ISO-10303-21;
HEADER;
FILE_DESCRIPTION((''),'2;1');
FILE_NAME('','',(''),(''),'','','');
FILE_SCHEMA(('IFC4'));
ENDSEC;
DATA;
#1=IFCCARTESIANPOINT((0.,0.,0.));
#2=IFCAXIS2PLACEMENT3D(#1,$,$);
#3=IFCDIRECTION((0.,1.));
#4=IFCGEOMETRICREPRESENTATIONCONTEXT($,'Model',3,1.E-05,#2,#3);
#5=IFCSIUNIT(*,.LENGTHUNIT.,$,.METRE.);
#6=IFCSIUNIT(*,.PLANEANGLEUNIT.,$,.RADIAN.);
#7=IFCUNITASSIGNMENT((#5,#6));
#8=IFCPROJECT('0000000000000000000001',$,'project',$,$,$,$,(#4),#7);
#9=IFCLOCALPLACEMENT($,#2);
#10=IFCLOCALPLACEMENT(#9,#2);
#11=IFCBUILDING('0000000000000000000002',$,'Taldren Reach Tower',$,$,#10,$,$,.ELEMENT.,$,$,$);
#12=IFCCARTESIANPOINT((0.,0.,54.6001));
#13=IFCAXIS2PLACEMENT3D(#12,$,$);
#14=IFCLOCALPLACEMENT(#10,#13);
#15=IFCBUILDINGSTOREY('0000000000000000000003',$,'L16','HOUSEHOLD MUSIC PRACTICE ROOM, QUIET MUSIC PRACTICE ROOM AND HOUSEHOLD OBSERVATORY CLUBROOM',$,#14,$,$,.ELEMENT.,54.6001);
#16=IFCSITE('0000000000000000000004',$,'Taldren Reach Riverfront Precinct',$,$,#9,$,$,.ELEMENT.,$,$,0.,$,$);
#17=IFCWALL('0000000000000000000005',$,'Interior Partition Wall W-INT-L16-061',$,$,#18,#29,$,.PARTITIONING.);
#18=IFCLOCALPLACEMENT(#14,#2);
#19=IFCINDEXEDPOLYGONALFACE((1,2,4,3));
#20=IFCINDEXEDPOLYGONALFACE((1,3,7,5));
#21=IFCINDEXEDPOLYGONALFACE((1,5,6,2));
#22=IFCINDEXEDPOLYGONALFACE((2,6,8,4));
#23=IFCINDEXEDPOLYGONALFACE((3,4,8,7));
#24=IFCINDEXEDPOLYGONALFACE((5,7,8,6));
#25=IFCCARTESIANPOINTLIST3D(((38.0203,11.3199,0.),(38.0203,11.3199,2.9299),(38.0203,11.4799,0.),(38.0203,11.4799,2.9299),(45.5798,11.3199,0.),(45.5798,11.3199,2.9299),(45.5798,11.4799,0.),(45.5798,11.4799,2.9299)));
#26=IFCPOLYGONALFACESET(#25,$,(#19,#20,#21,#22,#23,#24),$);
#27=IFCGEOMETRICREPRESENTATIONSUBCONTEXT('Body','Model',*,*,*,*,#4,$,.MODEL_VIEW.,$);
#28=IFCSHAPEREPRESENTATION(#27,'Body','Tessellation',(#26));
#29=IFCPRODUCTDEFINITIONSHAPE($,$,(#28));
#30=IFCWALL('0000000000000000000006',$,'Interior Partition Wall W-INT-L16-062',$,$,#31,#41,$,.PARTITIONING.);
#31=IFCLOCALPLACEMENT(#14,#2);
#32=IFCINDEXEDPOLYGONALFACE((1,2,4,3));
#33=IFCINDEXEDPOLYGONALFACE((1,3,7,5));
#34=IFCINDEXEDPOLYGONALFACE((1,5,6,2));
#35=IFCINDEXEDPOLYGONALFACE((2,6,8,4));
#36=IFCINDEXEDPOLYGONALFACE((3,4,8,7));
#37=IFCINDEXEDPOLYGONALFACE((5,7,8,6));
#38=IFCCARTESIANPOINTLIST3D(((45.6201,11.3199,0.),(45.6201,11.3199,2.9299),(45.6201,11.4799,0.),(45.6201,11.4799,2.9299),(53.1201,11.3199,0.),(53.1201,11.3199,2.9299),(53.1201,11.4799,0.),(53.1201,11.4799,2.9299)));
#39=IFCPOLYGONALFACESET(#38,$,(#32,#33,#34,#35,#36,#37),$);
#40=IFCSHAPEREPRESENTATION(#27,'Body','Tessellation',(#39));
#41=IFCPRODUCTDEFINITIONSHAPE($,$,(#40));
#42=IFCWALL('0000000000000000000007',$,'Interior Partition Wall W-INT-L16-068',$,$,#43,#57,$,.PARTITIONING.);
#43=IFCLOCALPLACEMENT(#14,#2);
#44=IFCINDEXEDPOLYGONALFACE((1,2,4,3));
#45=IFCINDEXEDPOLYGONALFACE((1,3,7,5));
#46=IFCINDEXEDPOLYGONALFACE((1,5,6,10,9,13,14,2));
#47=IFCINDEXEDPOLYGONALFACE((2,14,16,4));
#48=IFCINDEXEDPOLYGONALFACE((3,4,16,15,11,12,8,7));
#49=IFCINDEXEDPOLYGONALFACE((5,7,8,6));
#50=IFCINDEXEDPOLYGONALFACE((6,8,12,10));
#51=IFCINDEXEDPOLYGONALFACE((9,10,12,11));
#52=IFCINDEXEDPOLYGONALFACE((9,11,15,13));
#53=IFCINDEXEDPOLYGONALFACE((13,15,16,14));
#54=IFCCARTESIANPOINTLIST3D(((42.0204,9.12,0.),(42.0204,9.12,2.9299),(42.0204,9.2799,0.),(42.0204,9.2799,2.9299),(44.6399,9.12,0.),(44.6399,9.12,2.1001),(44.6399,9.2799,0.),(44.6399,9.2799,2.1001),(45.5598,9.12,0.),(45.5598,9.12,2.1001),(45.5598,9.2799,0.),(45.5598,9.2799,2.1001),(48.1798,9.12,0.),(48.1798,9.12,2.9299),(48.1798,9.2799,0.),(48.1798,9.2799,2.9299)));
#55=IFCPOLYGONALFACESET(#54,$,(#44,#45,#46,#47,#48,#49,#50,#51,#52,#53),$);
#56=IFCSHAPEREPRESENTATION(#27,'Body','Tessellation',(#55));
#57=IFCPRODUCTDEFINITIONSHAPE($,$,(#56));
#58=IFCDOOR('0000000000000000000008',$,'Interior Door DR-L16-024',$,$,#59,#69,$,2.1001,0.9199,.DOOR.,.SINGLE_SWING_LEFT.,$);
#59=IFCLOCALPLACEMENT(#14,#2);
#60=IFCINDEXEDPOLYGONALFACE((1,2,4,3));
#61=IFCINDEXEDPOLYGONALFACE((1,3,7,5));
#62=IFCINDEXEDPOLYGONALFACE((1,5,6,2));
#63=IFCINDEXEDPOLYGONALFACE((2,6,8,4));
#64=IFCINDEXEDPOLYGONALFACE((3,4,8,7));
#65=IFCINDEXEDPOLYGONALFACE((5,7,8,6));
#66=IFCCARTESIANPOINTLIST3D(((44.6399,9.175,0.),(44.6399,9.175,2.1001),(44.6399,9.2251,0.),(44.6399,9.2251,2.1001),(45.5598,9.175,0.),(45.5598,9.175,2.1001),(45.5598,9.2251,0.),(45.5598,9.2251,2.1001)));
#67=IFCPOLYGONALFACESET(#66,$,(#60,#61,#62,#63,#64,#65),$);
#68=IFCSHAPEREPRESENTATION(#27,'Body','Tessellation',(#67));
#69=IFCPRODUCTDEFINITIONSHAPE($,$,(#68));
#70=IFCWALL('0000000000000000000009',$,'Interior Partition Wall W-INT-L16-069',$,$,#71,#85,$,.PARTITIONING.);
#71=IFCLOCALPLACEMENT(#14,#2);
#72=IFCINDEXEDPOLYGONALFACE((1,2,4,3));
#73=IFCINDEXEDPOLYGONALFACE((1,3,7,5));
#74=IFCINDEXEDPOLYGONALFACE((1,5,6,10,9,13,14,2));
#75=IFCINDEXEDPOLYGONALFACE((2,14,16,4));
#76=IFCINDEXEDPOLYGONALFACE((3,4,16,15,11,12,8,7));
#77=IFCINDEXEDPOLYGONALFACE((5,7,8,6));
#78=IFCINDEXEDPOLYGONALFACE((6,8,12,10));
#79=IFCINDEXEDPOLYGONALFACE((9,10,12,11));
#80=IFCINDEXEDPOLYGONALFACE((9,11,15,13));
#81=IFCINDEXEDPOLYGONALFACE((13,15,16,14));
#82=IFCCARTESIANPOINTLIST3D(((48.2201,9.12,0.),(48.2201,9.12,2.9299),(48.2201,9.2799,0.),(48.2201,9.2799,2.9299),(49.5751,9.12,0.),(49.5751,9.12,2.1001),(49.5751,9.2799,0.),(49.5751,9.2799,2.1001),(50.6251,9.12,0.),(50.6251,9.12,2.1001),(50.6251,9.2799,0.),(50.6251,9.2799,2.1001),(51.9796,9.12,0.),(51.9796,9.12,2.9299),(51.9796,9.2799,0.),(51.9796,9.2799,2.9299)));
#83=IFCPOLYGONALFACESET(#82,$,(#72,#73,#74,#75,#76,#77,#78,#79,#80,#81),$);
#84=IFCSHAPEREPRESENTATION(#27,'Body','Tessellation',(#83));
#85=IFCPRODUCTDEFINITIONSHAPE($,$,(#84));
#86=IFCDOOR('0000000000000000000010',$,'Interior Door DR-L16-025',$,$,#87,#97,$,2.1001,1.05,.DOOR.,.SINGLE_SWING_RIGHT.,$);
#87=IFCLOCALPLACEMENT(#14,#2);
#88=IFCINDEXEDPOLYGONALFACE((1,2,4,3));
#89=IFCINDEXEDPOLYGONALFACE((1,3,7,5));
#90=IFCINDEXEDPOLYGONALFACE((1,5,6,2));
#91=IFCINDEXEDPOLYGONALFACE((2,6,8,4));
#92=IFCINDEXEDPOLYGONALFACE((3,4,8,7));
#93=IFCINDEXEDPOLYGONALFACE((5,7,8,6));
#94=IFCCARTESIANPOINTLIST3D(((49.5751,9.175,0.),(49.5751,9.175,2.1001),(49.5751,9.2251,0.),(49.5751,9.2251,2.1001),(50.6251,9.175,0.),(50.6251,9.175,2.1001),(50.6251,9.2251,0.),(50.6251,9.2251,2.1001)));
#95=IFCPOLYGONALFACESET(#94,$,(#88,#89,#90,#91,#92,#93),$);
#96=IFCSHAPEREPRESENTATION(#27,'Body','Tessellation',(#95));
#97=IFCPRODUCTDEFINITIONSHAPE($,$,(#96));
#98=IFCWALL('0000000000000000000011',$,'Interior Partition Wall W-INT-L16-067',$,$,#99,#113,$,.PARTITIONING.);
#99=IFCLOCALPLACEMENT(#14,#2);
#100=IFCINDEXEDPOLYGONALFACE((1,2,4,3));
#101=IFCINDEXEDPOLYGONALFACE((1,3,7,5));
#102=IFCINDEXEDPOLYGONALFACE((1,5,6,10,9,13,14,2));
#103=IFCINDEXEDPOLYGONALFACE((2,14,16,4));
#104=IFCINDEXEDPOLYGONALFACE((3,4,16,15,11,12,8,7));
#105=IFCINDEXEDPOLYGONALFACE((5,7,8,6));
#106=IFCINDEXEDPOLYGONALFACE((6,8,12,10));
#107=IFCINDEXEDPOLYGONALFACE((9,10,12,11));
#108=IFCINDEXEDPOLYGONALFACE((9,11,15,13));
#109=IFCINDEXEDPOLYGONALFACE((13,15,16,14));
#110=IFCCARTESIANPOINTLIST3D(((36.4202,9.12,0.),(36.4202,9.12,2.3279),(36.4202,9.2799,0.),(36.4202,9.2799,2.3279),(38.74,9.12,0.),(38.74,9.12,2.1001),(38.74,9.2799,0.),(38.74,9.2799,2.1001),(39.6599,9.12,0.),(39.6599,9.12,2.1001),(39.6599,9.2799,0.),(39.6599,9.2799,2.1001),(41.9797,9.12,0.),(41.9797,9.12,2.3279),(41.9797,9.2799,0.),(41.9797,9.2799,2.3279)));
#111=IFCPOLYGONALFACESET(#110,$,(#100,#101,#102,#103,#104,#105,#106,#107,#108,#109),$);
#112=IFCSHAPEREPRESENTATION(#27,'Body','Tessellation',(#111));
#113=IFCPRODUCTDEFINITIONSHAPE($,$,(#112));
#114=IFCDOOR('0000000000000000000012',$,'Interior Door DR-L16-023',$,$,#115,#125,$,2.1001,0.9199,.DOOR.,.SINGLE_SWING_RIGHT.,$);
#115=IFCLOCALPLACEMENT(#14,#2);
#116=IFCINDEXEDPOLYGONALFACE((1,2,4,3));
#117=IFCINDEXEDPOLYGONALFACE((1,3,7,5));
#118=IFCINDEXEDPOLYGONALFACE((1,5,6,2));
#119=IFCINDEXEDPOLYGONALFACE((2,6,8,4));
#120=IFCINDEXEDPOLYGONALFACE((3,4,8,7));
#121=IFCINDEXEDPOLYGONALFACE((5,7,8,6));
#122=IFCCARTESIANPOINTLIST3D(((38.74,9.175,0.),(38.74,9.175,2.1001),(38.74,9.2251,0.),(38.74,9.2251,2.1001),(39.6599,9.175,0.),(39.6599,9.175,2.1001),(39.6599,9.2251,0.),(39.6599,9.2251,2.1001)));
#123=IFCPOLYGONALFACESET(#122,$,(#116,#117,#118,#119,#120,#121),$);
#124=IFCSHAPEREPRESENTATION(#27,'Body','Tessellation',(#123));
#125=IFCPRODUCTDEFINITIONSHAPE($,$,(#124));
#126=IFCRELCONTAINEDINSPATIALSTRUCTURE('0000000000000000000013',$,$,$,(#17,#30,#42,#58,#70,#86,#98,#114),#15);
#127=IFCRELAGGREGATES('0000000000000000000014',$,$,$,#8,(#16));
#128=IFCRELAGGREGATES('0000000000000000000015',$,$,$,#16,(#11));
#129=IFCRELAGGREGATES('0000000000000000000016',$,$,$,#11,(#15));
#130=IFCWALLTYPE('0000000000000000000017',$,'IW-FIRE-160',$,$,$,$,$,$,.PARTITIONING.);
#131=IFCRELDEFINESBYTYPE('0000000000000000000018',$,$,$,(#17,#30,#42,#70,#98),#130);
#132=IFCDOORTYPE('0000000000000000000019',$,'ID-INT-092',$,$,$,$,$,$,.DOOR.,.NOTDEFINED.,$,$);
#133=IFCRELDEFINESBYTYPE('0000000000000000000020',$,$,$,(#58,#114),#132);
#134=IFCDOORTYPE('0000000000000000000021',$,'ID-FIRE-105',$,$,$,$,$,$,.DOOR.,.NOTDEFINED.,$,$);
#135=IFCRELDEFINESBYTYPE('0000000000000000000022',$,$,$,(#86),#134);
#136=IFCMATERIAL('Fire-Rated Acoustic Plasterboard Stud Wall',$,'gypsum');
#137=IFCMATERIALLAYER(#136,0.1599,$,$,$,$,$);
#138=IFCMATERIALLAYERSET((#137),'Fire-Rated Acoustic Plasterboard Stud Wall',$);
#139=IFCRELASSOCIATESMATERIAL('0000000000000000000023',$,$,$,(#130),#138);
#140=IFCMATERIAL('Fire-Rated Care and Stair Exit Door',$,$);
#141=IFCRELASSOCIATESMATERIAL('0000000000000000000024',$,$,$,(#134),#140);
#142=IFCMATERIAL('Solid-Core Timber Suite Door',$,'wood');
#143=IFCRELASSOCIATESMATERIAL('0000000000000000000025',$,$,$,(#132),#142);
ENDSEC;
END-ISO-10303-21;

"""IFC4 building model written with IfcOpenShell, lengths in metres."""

from ifc_helpers import new_model, si_unit, direction, frame, frame_2d, origin, place, context, subcontext, project, spatial, rectangle, extrude, source, transform, mapped, material, layer, layer_set, type_object, element, fill, save


model = new_model("IFC4")

# Units and contexts
model_context = context("Model", 3, precision=1e-05, world=origin(), true_north=direction((0.0, 1.0)))
body_context = subcontext(model_context, "Body", "Model", "MODEL_VIEW")
ifc_project = project(units=[si_unit("LENGTHUNIT", "METRE"), si_unit("PLANEANGLEUNIT", "RADIAN")], contexts=[model_context])

# Site, building, storey
site_placement = place(None, origin())
site = spatial("IfcSite", under=ifc_project, at=site_placement, Name="Taldren Reach Riverfront Precinct", CompositionType="ELEMENT", RefElevation=0.0)
building_placement = place(site_placement, origin())
building = spatial("IfcBuilding", under=site, at=building_placement, Name="Taldren Reach Tower", CompositionType="ELEMENT")
storey_placement = place(building_placement, frame((0.0, 0.0, 54.6001)))
storey = spatial("IfcBuildingStorey", under=building, at=storey_placement, Name="L16", Description="HOUSEHOLD MUSIC PRACTICE ROOM, QUIET MUSIC PRACTICE ROOM AND HOUSEHOLD OBSERVATORY CLUBROOM", CompositionType="ELEMENT", Elevation=54.6001)

# Shared definitions
ifc_material_1 = material(Name="Fire-Rated Acoustic Plasterboard Stud Wall", Category="gypsum")
ifc_layer_1 = layer(ifc_material_1, 0.1599)
ifc_layer_set_1 = layer_set([ifc_layer_1], Name="Fire-Rated Acoustic Plasterboard Stud Wall")
wall_type_1 = type_object("IfcWallType", Name="IW-FIRE-160", PredefinedType="PARTITIONING", material=ifc_layer_set_1)
shared_shape_1 = source(origin(), body_context, "Body", "SweptSolid", [
    extrude(rectangle(XDim=1.05, YDim=2.1001, at=frame_2d((0.5249, 1.05))), frame((0.0, 0.0898, 0.0), z_axis=(0.0, -1.0, 0.0), x_axis=(1.0, 0.0, 0.0)), (0.0, 0.0, 1.0), 0.1799),
])
ifc_material_2 = material(Name="Fire-Rated Care and Stair Exit Door")
door_type_1 = type_object("IfcDoorType", Name="ID-FIRE-105", OperationType="NOTDEFINED", PredefinedType="DOOR", material=ifc_material_2)
shared_shape_2 = source(origin(), body_context, "Body", "SweptSolid", [
    extrude(rectangle(XDim=1.05, YDim=2.1001, at=frame_2d((0.5249, 1.05))), frame((0.0, 0.0249, 0.0), z_axis=(0.0, -1.0, 0.0), x_axis=(1.0, 0.0, 0.0)), (0.0, 0.0, 1.0), 0.05),
])

# Shared definitions
shared_shape_3 = source(origin(), body_context, "Body", "SweptSolid", [
    extrude(rectangle(XDim=0.9199, YDim=2.1001, at=frame_2d((0.46, 1.05))), frame((0.0, 0.0898, 0.0), z_axis=(0.0, -1.0, 0.0), x_axis=(1.0, 0.0, 0.0)), (0.0, 0.0, 1.0), 0.1799),
])
ifc_material_3 = material(Name="Solid-Core Timber Suite Door", Category="wood")
door_type_2 = type_object("IfcDoorType", Name="ID-INT-092", OperationType="NOTDEFINED", PredefinedType="DOOR", material=ifc_material_3)
shared_shape_4 = source(origin(), body_context, "Body", "SweptSolid", [
    extrude(rectangle(XDim=0.9199, YDim=2.1001, at=frame_2d((0.46, 1.05))), frame((0.0, 0.0249, 0.0), z_axis=(0.0, -1.0, 0.0), x_axis=(1.0, 0.0, 0.0)), (0.0, 0.0, 1.0), 0.05),
])
shared_shape_5 = source(origin(), body_context, "Body", "SweptSolid", [
    extrude(rectangle(XDim=7.5596, YDim=0.1599, at=frame_2d((3.7798, 0.0))), origin(), (0.0, 0.0, 1.0), 2.9299),
])

# Walls
wall_1_placement = place(storey_placement, frame((38.0203, 11.3999, 0.0), z_axis=(0.0, 0.0, 1.0), x_axis=(1.0, 0.0, 0.0)))
element("IfcWall", 1, at=wall_1_placement, inside=storey, type_object=wall_type_1, Name="Interior Partition Wall W-INT-L16-061", PredefinedType="PARTITIONING", context=body_context, shape_type="MappedRepresentation", body=[
    mapped(shared_shape_5, transform((0.0, 0.0, 0.0), scale=1.0)),
])
shared_shape_6 = source(origin(), body_context, "Body", "SweptSolid", [
    extrude(rectangle(XDim=7.5, YDim=0.1599, at=frame_2d((3.75, 0.0))), origin(), (0.0, 0.0, 1.0), 2.9299),
])
wall_2_placement = place(storey_placement, frame((45.6201, 11.3999, 0.0), z_axis=(0.0, 0.0, 1.0), x_axis=(1.0, 0.0, 0.0)))
element("IfcWall", 2, at=wall_2_placement, inside=storey, type_object=wall_type_1, Name="Interior Partition Wall W-INT-L16-062", PredefinedType="PARTITIONING", context=body_context, shape_type="MappedRepresentation", body=[
    mapped(shared_shape_6, transform((0.0, 0.0, 0.0), scale=1.0)),
])

# Walls, openings, doors
shared_shape_7 = source(origin(), body_context, "Body", "SweptSolid", [
    extrude(rectangle(XDim=6.1594, YDim=0.1599, at=frame_2d((3.0796, 0.0))), origin(), (0.0, 0.0, 1.0), 2.9299),
])
wall_3_placement = place(storey_placement, frame((48.1797, 9.2, 0.0), z_axis=(0.0, 0.0, 1.0), x_axis=(-1.0, 0.0, 0.0)))
wall_3 = element("IfcWall", 3, at=wall_3_placement, inside=storey, type_object=wall_type_1, Name="Interior Partition Wall W-INT-L16-068", PredefinedType="PARTITIONING", context=body_context, shape_type="MappedRepresentation", body=[
    mapped(shared_shape_7, transform((0.0, 0.0, 0.0), scale=1.0)),
])
opening_1_placement = place(wall_3_placement, frame((2.6199, 0.0, 0.0)))
opening_1 = element("IfcOpeningElement", 4, at=opening_1_placement, cuts=wall_3, PredefinedType="OPENING", context=body_context, shape_type="MappedRepresentation", body=[
    mapped(shared_shape_3, transform((0.0, 0.0, 0.0), scale=1.0)),
])
door_1_placement = place(opening_1_placement, origin())
door_1 = element("IfcDoor", 5, at=door_1_placement, inside=storey, type_object=door_type_2, Name="Interior Door DR-L16-024", OperationType="SINGLE_SWING_LEFT", OverallHeight=2.1001, OverallWidth=0.9199, PredefinedType="DOOR", context=body_context, shape_type="MappedRepresentation", body=[
    mapped(shared_shape_4, transform((0.0, 0.0, 0.0), scale=1.0)),
])
fill(opening_1, door_1)
shared_shape_8 = source(origin(), body_context, "Body", "SweptSolid", [
    extrude(rectangle(XDim=3.7595, YDim=0.1599, at=frame_2d((1.8799, 0.0))), origin(), (0.0, 0.0, 1.0), 2.9299),
])
wall_4_placement = place(storey_placement, frame((51.9797, 9.2, 0.0), z_axis=(0.0, 0.0, 1.0), x_axis=(-1.0, 0.0, 0.0)))
wall_4 = element("IfcWall", 6, at=wall_4_placement, inside=storey, type_object=wall_type_1, Name="Interior Partition Wall W-INT-L16-069", PredefinedType="PARTITIONING", context=body_context, shape_type="MappedRepresentation", body=[
    mapped(shared_shape_8, transform((0.0, 0.0, 0.0), scale=1.0)),
])
opening_2_placement = place(wall_4_placement, frame((1.3547, 0.0, 0.0)))
opening_2 = element("IfcOpeningElement", 7, at=opening_2_placement, cuts=wall_4, PredefinedType="OPENING", context=body_context, shape_type="MappedRepresentation", body=[
    mapped(shared_shape_1, transform((0.0, 0.0, 0.0), scale=1.0)),
])
door_2_placement = place(opening_2_placement, origin())
door_2 = element("IfcDoor", 8, at=door_2_placement, inside=storey, type_object=door_type_1, Name="Interior Door DR-L16-025", OperationType="SINGLE_SWING_RIGHT", OverallHeight=2.1001, OverallWidth=1.05, PredefinedType="DOOR", context=body_context, shape_type="MappedRepresentation", body=[
    mapped(shared_shape_2, transform((0.0, 0.0, 0.0), scale=1.0)),
])
fill(opening_2, door_2)
shared_shape_9 = source(origin(), body_context, "Body", "SweptSolid", [
    extrude(rectangle(XDim=5.5596, YDim=0.1599, at=frame_2d((2.7798, 0.0))), origin(), (0.0, 0.0, 1.0), 2.3279),
])
wall_5_placement = place(storey_placement, frame((41.9797, 9.2, 0.0), z_axis=(0.0, 0.0, 1.0), x_axis=(-1.0, 0.0, 0.0)))
wall_5 = element("IfcWall", 9, at=wall_5_placement, inside=storey, type_object=wall_type_1, Name="Interior Partition Wall W-INT-L16-067", PredefinedType="PARTITIONING", context=body_context, shape_type="MappedRepresentation", body=[
    mapped(shared_shape_9, transform((0.0, 0.0, 0.0), scale=1.0)),
])
opening_3_placement = place(wall_5_placement, frame((2.3198, 0.0, 0.0)))
opening_3 = element("IfcOpeningElement", 10, at=opening_3_placement, cuts=wall_5, PredefinedType="OPENING", context=body_context, shape_type="MappedRepresentation", body=[
    mapped(shared_shape_3, transform((0.0, 0.0, 0.0), scale=1.0)),
])
door_3_placement = place(opening_3_placement, origin())
door_3 = element("IfcDoor", 11, at=door_3_placement, inside=storey, type_object=door_type_2, Name="Interior Door DR-L16-023", OperationType="SINGLE_SWING_RIGHT", OverallHeight=2.1001, OverallWidth=0.9199, PredefinedType="DOOR", context=body_context, shape_type="MappedRepresentation", body=[
    mapped(shared_shape_4, transform((0.0, 0.0, 0.0), scale=1.0)),
])
fill(opening_3, door_3)

save(model, "model.ifc")
